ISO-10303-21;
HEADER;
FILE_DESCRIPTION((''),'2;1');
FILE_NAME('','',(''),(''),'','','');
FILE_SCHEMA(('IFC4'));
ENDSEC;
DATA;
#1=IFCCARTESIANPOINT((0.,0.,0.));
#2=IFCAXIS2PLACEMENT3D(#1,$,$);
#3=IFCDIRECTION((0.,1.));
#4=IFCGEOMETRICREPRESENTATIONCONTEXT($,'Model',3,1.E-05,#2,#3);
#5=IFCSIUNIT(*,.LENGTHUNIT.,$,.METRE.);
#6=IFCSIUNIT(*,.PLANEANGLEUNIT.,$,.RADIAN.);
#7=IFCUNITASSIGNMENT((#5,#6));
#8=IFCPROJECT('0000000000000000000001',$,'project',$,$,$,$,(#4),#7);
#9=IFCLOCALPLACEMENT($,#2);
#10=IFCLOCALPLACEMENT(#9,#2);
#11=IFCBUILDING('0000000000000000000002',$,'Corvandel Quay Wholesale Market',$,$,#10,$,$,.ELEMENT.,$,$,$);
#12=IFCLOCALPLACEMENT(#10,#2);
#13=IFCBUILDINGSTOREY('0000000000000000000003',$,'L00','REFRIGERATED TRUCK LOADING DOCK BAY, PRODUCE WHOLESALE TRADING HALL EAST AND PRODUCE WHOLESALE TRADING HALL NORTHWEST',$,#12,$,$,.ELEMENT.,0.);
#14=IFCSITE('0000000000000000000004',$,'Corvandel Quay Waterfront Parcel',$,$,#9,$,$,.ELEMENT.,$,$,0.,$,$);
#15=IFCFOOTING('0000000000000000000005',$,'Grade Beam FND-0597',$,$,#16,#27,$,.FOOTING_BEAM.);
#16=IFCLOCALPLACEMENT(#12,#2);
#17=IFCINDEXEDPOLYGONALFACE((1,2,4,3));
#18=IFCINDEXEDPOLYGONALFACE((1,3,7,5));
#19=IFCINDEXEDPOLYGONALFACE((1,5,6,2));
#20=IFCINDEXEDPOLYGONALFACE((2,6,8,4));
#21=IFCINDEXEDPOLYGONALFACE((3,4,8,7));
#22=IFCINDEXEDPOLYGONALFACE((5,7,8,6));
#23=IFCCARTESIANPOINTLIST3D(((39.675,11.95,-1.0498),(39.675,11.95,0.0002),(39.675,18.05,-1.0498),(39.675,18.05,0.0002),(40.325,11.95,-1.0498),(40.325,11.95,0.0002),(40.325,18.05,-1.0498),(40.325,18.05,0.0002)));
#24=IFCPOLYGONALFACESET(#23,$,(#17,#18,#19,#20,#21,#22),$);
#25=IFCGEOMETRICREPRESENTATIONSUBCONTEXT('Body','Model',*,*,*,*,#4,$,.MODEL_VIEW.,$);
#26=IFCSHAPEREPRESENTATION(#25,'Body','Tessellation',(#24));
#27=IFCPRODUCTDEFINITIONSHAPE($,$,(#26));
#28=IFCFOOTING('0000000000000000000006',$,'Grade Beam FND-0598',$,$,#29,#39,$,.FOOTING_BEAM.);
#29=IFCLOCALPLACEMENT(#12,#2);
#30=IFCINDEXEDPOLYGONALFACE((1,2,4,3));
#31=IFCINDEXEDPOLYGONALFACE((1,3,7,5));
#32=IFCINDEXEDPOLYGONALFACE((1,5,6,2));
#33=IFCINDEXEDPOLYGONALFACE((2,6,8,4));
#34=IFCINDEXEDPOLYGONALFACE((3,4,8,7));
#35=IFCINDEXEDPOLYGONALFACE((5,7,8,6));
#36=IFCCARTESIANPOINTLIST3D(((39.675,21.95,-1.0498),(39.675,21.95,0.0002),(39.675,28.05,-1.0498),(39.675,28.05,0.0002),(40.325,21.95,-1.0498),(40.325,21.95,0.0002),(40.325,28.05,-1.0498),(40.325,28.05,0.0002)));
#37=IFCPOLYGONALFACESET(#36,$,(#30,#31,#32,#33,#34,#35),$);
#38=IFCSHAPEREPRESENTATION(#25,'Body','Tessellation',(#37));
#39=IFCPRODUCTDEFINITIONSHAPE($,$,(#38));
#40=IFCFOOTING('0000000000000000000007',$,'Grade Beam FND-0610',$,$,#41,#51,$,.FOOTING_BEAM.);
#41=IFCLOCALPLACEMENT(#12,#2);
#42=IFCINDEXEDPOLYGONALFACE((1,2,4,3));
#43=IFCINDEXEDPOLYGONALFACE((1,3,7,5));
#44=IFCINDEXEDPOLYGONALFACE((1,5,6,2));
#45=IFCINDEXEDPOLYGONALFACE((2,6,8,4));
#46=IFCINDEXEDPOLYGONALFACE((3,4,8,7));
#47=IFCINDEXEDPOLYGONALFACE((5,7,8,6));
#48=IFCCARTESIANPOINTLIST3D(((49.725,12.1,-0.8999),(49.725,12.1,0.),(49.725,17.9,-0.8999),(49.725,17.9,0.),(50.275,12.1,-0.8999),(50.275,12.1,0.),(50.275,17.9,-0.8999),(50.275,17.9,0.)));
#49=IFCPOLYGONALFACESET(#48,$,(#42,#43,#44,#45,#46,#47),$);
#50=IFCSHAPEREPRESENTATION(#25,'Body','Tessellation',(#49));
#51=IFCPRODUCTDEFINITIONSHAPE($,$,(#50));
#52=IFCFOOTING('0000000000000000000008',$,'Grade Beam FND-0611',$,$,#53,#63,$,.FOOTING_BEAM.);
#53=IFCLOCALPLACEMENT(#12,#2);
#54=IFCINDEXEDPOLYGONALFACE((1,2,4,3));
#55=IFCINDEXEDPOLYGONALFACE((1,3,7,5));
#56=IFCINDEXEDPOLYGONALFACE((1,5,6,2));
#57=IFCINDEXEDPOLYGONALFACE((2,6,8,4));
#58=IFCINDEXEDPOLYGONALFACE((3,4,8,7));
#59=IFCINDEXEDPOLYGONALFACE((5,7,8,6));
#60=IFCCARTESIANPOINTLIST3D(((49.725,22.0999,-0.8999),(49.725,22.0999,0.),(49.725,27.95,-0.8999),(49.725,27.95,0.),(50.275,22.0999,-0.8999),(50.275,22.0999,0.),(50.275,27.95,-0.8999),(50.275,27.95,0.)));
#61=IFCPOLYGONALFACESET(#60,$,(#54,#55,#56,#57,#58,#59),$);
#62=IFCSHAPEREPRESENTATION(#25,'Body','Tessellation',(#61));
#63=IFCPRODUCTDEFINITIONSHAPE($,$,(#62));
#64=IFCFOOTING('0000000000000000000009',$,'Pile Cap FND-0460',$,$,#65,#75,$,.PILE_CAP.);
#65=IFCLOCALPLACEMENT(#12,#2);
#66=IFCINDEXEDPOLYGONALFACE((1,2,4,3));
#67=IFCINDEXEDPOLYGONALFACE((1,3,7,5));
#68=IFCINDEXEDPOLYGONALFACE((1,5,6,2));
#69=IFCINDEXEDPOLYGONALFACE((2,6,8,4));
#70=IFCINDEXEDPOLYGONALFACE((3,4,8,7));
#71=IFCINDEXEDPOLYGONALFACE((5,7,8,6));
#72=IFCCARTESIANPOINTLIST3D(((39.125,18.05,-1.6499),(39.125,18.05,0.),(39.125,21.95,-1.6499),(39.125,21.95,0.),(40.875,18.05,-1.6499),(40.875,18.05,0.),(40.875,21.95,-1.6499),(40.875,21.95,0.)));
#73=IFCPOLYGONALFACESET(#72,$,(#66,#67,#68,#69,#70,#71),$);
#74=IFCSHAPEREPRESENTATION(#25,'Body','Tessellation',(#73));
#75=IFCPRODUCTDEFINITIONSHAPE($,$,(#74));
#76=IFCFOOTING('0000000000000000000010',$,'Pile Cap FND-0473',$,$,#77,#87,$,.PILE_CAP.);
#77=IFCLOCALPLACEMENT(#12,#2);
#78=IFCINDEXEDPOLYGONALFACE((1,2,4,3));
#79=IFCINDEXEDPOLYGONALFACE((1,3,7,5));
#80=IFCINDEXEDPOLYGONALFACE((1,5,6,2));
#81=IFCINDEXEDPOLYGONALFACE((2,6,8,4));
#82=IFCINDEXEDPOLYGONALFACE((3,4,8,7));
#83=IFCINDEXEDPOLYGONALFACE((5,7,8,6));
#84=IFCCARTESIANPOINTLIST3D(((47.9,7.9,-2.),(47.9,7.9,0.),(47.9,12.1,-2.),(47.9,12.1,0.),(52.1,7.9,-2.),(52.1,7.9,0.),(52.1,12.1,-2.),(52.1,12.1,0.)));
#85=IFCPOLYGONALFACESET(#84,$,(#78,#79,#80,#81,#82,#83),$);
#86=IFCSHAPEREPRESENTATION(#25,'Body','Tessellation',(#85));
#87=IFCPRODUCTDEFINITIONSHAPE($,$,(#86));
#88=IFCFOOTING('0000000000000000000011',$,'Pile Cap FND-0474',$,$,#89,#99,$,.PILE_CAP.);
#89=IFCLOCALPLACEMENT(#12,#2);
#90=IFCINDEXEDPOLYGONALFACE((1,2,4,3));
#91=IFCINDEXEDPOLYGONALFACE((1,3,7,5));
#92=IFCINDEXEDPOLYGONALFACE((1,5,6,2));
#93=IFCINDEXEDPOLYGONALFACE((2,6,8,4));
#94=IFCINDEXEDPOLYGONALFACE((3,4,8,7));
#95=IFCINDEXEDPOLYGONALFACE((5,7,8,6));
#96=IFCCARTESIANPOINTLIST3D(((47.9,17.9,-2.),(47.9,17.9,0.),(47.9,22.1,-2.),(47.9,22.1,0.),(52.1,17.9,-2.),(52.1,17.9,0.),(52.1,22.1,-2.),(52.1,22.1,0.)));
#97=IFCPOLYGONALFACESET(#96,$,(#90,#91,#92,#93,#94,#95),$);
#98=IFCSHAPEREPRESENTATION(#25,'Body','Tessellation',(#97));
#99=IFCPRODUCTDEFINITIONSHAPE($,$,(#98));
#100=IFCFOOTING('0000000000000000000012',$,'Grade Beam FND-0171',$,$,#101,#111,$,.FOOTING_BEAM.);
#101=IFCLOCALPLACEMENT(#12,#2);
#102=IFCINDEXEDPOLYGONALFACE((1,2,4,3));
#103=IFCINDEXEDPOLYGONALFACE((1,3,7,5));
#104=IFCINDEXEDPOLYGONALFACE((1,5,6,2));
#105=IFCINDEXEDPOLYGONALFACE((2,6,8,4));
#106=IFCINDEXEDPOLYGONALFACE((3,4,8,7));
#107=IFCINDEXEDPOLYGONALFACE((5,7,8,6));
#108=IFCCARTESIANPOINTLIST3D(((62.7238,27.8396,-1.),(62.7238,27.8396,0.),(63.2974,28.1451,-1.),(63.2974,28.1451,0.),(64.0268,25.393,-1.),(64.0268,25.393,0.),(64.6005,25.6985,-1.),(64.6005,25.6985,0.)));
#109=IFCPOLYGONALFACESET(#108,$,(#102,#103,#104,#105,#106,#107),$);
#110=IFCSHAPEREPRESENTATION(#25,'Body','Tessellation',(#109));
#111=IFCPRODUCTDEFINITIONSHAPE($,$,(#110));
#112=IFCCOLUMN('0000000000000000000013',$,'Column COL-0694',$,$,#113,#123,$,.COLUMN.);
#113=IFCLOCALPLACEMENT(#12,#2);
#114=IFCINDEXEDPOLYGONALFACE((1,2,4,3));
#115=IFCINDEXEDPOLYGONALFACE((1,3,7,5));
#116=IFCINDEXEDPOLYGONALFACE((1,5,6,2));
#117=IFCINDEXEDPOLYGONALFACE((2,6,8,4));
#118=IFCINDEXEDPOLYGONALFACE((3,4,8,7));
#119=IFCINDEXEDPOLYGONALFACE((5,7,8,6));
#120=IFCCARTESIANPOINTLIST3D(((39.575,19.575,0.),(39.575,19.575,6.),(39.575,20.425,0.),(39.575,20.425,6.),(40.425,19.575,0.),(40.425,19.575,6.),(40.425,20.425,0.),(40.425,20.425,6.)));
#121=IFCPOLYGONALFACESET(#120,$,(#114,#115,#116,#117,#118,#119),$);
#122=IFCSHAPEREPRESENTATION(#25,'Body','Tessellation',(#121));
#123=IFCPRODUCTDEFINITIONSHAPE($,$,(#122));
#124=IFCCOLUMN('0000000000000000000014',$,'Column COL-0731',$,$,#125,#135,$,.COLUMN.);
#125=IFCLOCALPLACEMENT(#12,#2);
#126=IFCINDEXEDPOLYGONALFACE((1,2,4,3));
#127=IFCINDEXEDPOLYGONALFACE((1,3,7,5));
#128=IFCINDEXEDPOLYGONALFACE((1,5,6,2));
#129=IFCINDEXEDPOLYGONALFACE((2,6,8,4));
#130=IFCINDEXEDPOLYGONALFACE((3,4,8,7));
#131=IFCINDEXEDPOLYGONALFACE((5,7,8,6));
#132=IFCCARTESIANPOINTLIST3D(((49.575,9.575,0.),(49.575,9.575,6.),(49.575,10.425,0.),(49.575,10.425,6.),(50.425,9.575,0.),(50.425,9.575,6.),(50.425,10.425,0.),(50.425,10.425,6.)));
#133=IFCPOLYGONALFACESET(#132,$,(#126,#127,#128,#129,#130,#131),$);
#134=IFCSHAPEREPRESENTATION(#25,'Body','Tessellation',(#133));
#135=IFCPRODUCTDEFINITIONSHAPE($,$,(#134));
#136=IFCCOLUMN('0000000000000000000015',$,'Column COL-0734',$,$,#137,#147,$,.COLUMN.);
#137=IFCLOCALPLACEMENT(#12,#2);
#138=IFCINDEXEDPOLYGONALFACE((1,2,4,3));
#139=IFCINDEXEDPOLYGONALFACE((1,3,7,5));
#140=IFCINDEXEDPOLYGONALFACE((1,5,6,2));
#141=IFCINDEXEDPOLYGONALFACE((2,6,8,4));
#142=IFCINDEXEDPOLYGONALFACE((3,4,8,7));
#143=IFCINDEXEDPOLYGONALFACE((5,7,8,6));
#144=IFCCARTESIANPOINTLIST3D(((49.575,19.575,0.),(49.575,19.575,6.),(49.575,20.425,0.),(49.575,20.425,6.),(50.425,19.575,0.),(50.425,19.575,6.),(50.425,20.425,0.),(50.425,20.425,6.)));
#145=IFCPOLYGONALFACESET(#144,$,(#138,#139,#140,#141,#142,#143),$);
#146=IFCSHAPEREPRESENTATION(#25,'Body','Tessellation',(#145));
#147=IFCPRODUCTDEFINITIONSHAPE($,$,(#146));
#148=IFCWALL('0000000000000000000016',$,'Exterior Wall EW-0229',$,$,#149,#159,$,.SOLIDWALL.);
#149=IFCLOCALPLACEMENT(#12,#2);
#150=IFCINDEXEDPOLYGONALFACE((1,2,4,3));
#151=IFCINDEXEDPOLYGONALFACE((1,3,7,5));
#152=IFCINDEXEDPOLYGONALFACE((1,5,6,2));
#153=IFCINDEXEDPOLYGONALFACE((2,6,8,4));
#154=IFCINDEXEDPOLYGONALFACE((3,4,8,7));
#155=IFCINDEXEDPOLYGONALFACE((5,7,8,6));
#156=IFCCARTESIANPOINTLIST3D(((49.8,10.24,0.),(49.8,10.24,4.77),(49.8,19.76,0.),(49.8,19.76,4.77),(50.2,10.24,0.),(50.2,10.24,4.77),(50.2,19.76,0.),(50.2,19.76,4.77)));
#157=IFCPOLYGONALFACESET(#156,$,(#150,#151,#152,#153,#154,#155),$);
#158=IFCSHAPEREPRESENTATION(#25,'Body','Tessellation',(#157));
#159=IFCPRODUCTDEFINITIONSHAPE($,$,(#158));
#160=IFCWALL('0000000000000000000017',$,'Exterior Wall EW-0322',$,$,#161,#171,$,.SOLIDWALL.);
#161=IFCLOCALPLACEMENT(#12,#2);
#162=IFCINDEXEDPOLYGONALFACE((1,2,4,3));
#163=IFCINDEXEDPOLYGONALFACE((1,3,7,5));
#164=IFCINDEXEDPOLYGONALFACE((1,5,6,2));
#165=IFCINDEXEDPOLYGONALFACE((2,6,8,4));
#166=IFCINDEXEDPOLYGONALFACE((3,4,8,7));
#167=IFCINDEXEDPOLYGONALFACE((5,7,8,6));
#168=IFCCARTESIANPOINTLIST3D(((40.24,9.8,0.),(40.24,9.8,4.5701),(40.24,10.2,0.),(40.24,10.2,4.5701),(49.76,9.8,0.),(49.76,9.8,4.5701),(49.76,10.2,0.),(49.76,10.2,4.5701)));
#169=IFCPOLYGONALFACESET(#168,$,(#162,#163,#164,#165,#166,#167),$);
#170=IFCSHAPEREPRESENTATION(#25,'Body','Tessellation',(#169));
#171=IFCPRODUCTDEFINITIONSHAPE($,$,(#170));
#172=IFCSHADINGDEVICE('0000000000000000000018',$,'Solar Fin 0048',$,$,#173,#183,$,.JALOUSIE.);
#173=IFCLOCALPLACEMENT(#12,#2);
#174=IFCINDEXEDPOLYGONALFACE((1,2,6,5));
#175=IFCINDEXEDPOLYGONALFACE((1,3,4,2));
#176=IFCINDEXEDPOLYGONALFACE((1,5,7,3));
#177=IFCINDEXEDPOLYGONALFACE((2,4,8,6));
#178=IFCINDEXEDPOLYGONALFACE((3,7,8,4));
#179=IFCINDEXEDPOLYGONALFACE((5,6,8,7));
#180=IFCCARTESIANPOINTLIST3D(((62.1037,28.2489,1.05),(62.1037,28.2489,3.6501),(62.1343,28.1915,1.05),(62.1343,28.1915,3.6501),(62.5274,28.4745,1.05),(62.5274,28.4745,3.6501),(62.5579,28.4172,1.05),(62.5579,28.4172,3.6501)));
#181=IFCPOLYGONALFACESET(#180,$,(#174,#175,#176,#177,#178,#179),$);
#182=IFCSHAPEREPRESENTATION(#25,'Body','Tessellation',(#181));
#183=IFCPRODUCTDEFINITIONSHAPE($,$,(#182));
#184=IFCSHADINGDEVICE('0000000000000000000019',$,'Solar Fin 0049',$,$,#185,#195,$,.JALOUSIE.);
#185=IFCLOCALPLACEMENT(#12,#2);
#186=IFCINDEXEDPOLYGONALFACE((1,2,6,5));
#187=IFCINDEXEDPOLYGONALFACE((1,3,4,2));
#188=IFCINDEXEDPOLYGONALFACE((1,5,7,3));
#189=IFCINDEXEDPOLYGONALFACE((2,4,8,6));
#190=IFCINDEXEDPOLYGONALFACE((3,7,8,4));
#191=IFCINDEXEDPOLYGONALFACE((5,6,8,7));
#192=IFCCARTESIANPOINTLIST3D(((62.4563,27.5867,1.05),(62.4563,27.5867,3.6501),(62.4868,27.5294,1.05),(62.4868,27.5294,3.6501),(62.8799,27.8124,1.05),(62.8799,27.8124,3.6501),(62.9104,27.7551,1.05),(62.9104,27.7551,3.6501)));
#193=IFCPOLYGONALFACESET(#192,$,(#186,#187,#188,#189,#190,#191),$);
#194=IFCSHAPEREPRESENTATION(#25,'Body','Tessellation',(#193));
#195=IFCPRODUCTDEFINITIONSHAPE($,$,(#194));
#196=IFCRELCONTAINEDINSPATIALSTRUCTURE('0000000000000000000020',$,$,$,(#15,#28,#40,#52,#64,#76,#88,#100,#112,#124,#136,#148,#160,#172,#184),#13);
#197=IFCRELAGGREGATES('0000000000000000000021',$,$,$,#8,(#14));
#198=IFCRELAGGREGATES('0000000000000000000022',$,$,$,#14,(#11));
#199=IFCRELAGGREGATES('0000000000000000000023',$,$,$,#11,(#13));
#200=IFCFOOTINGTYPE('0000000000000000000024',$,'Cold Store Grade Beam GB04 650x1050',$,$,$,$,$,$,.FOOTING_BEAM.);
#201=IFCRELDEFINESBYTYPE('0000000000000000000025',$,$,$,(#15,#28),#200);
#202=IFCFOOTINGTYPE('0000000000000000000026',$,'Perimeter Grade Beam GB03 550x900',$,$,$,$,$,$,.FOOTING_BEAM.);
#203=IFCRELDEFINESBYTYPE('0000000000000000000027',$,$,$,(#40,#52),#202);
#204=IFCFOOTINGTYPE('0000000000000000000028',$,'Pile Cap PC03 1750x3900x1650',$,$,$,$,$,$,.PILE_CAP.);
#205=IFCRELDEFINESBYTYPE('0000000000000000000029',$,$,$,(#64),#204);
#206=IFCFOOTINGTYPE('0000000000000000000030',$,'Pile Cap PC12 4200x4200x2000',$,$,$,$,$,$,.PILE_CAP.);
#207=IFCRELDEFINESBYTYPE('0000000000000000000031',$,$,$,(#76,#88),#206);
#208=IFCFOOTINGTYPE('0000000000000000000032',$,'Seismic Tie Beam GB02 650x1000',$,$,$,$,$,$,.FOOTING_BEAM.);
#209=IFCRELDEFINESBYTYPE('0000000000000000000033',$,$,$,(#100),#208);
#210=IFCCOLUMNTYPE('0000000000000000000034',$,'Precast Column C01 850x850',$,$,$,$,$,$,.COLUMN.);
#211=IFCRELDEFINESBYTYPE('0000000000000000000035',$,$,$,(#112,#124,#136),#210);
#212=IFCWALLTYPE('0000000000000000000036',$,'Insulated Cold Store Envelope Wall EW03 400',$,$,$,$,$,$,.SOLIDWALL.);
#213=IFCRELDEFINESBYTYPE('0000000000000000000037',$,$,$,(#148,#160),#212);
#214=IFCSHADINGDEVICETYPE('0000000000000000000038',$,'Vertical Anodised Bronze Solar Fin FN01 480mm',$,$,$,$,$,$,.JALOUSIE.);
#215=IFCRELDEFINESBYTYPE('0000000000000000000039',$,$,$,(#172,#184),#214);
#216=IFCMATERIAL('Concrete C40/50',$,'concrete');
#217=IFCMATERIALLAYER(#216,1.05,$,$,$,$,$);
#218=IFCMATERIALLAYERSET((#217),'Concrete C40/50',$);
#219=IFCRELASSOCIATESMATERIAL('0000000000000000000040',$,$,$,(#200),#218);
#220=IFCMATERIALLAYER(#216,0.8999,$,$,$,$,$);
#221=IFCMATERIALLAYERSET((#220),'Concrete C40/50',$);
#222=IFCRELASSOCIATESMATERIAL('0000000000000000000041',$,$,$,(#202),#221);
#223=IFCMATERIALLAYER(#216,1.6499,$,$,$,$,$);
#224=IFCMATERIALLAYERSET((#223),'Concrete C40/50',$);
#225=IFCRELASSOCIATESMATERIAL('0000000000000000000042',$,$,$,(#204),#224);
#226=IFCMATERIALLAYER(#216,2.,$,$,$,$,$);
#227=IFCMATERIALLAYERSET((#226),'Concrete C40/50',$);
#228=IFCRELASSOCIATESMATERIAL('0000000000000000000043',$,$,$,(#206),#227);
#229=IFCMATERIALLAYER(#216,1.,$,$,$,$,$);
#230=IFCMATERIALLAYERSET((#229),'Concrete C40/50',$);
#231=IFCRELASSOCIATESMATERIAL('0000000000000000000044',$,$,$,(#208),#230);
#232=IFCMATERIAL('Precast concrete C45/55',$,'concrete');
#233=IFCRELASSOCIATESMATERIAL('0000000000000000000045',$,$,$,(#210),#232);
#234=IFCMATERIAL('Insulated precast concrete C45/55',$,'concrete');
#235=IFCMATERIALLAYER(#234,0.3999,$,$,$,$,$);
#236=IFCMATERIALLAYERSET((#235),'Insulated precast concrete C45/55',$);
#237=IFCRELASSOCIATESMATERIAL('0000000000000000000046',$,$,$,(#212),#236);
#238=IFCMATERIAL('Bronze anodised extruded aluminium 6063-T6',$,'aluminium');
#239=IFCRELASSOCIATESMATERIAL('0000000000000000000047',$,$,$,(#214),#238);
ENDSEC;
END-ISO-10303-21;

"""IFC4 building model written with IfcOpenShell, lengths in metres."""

from ifc_helpers import new_model, si_unit, direction, frame, frame_2d, origin, origin_2d, place, context, subcontext, project, spatial, rectangle, extrude, material, layer, layer_set, material_profile, profile_set, type_object, element, save


model = new_model("IFC4")

# Units and contexts
model_context = context("Model", 3, precision=1e-05, world=origin(), true_north=direction((0.0, 1.0)))
body_context = subcontext(model_context, "Body", "Model", "MODEL_VIEW")
ifc_project = project(units=[si_unit("LENGTHUNIT", "METRE"), si_unit("PLANEANGLEUNIT", "RADIAN")], contexts=[model_context])

# Site, building, storey
site_placement = place(None, origin())
site = spatial("IfcSite", under=ifc_project, at=site_placement, Name="Corvandel Quay Waterfront Parcel", CompositionType="ELEMENT", RefElevation=0.0)
building_placement = place(site_placement, origin())
building = spatial("IfcBuilding", under=site, at=building_placement, Name="Corvandel Quay Wholesale Market", CompositionType="ELEMENT")
storey_placement = place(building_placement, origin())
storey = spatial("IfcBuildingStorey", under=building, at=storey_placement, Name="L00", Description="REFRIGERATED TRUCK LOADING DOCK BAY, PRODUCE WHOLESALE TRADING HALL EAST AND PRODUCE WHOLESALE TRADING HALL NORTHWEST", CompositionType="ELEMENT", Elevation=0.0)

# Shared definitions
ifc_material_1 = material(Name="Concrete C40/50", Category="concrete")

# Footings
ifc_layer_1 = layer(ifc_material_1, 1.05)
ifc_layer_set_1 = layer_set([ifc_layer_1], Name="Concrete C40/50")
footing_type_1 = type_object("IfcFootingType", Name="Cold Store Grade Beam GB04 650x1050", PredefinedType="FOOTING_BEAM", material=ifc_layer_set_1)
for number, where, z_axis, x_axis, name in (
    (1, (40.0, 15.0, -1.0498), (0.0, 0.0, 1.0), (0.0, 1.0, 0.0), "Grade Beam FND-0597"),
    (2, (40.0, 25.0, -1.0498), (0.0, 0.0, 1.0), (0.0, 1.0, 0.0), "Grade Beam FND-0598"),
):
    element("IfcFooting", number, at=place(storey_placement, frame(where, z_axis=z_axis, x_axis=x_axis)), inside=storey, type_object=footing_type_1, Name=name, PredefinedType="FOOTING_BEAM", context=body_context, shape_type="SweptSolid", body=[
        extrude(rectangle(XDim=6.1001, YDim=0.6499, at=origin_2d()), origin(), (0.0, 0.0, 1.0), 1.05),
    ])
ifc_layer_2 = layer(ifc_material_1, 0.8999)
ifc_layer_set_2 = layer_set([ifc_layer_2], Name="Concrete C40/50")
footing_type_2 = type_object("IfcFootingType", Name="Perimeter Grade Beam GB03 550x900", PredefinedType="FOOTING_BEAM", material=ifc_layer_set_2)
footing_1_placement = place(storey_placement, frame((50.0, 15.0, -0.8999), z_axis=(0.0, 0.0, 1.0), x_axis=(0.0, 1.0, 0.0)))
element("IfcFooting", 3, at=footing_1_placement, inside=storey, type_object=footing_type_2, Name="Grade Beam FND-0610", PredefinedType="FOOTING_BEAM", context=body_context, shape_type="SweptSolid", body=[
    extrude(rectangle(XDim=5.8, YDim=0.55, at=origin_2d()), origin(), (0.0, 0.0, 1.0), 0.8999),
])
footing_2_placement = place(storey_placement, frame((50.0, 25.0249, -0.8999), z_axis=(0.0, 0.0, 1.0), x_axis=(0.0, 1.0, 0.0)))
element("IfcFooting", 4, at=footing_2_placement, inside=storey, type_object=footing_type_2, Name="Grade Beam FND-0611", PredefinedType="FOOTING_BEAM", context=body_context, shape_type="SweptSolid", body=[
    extrude(rectangle(XDim=5.8501, YDim=0.55, at=origin_2d()), origin(), (0.0, 0.0, 1.0), 0.8999),
])
ifc_layer_3 = layer(ifc_material_1, 1.6499)
ifc_layer_set_3 = layer_set([ifc_layer_3], Name="Concrete C40/50")
footing_type_3 = type_object("IfcFootingType", Name="Pile Cap PC03 1750x3900x1650", PredefinedType="PILE_CAP", material=ifc_layer_set_3)
footing_3_placement = place(storey_placement, frame((40.0, 20.0, -1.6499), z_axis=(0.0, 0.0, 1.0), x_axis=(1.0, 0.0, 0.0)))
element("IfcFooting", 5, at=footing_3_placement, inside=storey, type_object=footing_type_3, Name="Pile Cap FND-0460", PredefinedType="PILE_CAP", context=body_context, shape_type="SweptSolid", body=[
    extrude(rectangle(XDim=1.75, YDim=3.8999, at=origin_2d()), origin(), (0.0, 0.0, 1.0), 1.6499),
])
ifc_layer_4 = layer(ifc_material_1, 2.0)
ifc_layer_set_4 = layer_set([ifc_layer_4], Name="Concrete C40/50")
footing_type_4 = type_object("IfcFootingType", Name="Pile Cap PC12 4200x4200x2000", PredefinedType="PILE_CAP", material=ifc_layer_set_4)
for number, where, z_axis, x_axis, name in (
    (6, (50.0, 10.0, -2.0), (0.0, 0.0, 1.0), (1.0, 0.0, 0.0), "Pile Cap FND-0473"),
    (7, (50.0, 20.0, -2.0), (0.0, 0.0, 1.0), (1.0, 0.0, 0.0), "Pile Cap FND-0474"),
):
    element("IfcFooting", number, at=place(storey_placement, frame(where, z_axis=z_axis, x_axis=x_axis)), inside=storey, type_object=footing_type_4, Name=name, PredefinedType="PILE_CAP", context=body_context, shape_type="SweptSolid", body=[
        extrude(rectangle(XDim=4.2, YDim=4.2, at=origin_2d()), origin(), (0.0, 0.0, 1.0), 2.0),
    ])
ifc_layer_5 = layer(ifc_material_1, 1.0)
ifc_layer_set_5 = layer_set([ifc_layer_5], Name="Concrete C40/50")
footing_type_5 = type_object("IfcFootingType", Name="Seismic Tie Beam GB02 650x1000", PredefinedType="FOOTING_BEAM", material=ifc_layer_set_5)
footing_4_placement = place(storey_placement, frame((63.6621, 26.769, -1.0), z_axis=(0.0, 0.0, 1.0), x_axis=(-0.470088, 0.88262, 0.0)))
element("IfcFooting", 8, at=footing_4_placement, inside=storey, type_object=footing_type_5, Name="Grade Beam FND-0171", PredefinedType="FOOTING_BEAM", context=body_context, shape_type="SweptSolid", body=[
    extrude(rectangle(XDim=2.772, YDim=0.6499, at=origin_2d()), origin(), (0.0, 0.0, 1.0), 1.0),
])

# Columns
ifc_material_2 = material(Name="Precast concrete C45/55", Category="concrete")
ifc_material_profile_1 = material_profile(ifc_material_2, rectangle(XDim=0.8501, YDim=0.8501, at=origin_2d()), Name="PC-COL-850x850")
ifc_profile_set_1 = profile_set([ifc_material_profile_1], Name="Precast concrete C45/55")
column_type = type_object("IfcColumnType", Name="Precast Column C01 850x850", PredefinedType="COLUMN", material=ifc_profile_set_1)
for number, where, z_axis, x_axis, name in (
    (9, (40.0, 20.0, 0.0), (0.0, 0.0, 1.0), (1.0, 0.0, 0.0), "Column COL-0694"),
    (10, (50.0, 10.0, 0.0), (0.0, 0.0, 1.0), (1.0, 0.0, 0.0), "Column COL-0731"),
    (11, (50.0, 20.0, 0.0), (0.0, 0.0, 1.0), (1.0, 0.0, 0.0), "Column COL-0734"),
):
    element("IfcColumn", number, at=place(storey_placement, frame(where, z_axis=z_axis, x_axis=x_axis)), inside=storey, type_object=column_type, Name=name, PredefinedType="COLUMN", context=body_context, shape_type="SweptSolid", body=[
        extrude(rectangle(XDim=0.8501, YDim=0.8501, at=origin_2d()), origin(), (0.0, 0.0, 1.0), 6.0),
    ])

# Walls
ifc_material_3 = material(Name="Insulated precast concrete C45/55", Category="concrete")
ifc_layer_6 = layer(ifc_material_3, 0.3999)
ifc_layer_set_6 = layer_set([ifc_layer_6], Name="Insulated precast concrete C45/55")
wall_type = type_object("IfcWallType", Name="Insulated Cold Store Envelope Wall EW03 400", PredefinedType="SOLIDWALL", material=ifc_layer_set_6)
wall_1_placement = place(storey_placement, frame((50.0, 19.76, 0.0), z_axis=(0.0, 0.0, 1.0), x_axis=(0.0, -1.0, 0.0)))
element("IfcWall", 12, at=wall_1_placement, inside=storey, type_object=wall_type, Name="Exterior Wall EW-0229", PredefinedType="SOLIDWALL", context=body_context, shape_type="SweptSolid", body=[
    extrude(rectangle(XDim=9.52, YDim=0.3999, at=frame_2d((4.76, 0.0))), origin(), (0.0, 0.0, 1.0), 4.77),
])
wall_2_placement = place(storey_placement, frame((40.24, 10.0, 0.0), z_axis=(0.0, 0.0, 1.0), x_axis=(1.0, 0.0, 0.0)))
element("IfcWall", 13, at=wall_2_placement, inside=storey, type_object=wall_type, Name="Exterior Wall EW-0322", PredefinedType="SOLIDWALL", context=body_context, shape_type="SweptSolid", body=[
    extrude(rectangle(XDim=9.52, YDim=0.3999, at=frame_2d((4.76, 0.0))), origin(), (0.0, 0.0, 1.0), 4.5701),
])

# Shading devices
ifc_material_4 = material(Name="Bronze anodised extruded aluminium 6063-T6", Category="aluminium")
shading_device_type = type_object("IfcShadingDeviceType", Name="Vertical Anodised Bronze Solar Fin FN01 480mm", PredefinedType="JALOUSIE", material=ifc_material_4)
for number, where, z_axis, x_axis, name in (
    (14, (62.3308, 28.333, 1.05), (0.0, 0.0, 1.0), (0.88262, 0.470088, 0.0), "Solar Fin 0048"),
    (15, (62.6833, 27.6709, 1.05), (0.0, 0.0, 1.0), (0.88262, 0.470088, 0.0), "Solar Fin 0049"),
):
    element("IfcShadingDevice", number, at=place(storey_placement, frame(where, z_axis=z_axis, x_axis=x_axis)), inside=storey, type_object=shading_device_type, Name=name, PredefinedType="JALOUSIE", context=body_context, shape_type="SweptSolid", body=[
        extrude(rectangle(XDim=0.48, YDim=0.0649, at=origin_2d()), origin(), (0.0, 0.0, 1.0), 2.6001),
    ])

save(model, "model.ifc")
